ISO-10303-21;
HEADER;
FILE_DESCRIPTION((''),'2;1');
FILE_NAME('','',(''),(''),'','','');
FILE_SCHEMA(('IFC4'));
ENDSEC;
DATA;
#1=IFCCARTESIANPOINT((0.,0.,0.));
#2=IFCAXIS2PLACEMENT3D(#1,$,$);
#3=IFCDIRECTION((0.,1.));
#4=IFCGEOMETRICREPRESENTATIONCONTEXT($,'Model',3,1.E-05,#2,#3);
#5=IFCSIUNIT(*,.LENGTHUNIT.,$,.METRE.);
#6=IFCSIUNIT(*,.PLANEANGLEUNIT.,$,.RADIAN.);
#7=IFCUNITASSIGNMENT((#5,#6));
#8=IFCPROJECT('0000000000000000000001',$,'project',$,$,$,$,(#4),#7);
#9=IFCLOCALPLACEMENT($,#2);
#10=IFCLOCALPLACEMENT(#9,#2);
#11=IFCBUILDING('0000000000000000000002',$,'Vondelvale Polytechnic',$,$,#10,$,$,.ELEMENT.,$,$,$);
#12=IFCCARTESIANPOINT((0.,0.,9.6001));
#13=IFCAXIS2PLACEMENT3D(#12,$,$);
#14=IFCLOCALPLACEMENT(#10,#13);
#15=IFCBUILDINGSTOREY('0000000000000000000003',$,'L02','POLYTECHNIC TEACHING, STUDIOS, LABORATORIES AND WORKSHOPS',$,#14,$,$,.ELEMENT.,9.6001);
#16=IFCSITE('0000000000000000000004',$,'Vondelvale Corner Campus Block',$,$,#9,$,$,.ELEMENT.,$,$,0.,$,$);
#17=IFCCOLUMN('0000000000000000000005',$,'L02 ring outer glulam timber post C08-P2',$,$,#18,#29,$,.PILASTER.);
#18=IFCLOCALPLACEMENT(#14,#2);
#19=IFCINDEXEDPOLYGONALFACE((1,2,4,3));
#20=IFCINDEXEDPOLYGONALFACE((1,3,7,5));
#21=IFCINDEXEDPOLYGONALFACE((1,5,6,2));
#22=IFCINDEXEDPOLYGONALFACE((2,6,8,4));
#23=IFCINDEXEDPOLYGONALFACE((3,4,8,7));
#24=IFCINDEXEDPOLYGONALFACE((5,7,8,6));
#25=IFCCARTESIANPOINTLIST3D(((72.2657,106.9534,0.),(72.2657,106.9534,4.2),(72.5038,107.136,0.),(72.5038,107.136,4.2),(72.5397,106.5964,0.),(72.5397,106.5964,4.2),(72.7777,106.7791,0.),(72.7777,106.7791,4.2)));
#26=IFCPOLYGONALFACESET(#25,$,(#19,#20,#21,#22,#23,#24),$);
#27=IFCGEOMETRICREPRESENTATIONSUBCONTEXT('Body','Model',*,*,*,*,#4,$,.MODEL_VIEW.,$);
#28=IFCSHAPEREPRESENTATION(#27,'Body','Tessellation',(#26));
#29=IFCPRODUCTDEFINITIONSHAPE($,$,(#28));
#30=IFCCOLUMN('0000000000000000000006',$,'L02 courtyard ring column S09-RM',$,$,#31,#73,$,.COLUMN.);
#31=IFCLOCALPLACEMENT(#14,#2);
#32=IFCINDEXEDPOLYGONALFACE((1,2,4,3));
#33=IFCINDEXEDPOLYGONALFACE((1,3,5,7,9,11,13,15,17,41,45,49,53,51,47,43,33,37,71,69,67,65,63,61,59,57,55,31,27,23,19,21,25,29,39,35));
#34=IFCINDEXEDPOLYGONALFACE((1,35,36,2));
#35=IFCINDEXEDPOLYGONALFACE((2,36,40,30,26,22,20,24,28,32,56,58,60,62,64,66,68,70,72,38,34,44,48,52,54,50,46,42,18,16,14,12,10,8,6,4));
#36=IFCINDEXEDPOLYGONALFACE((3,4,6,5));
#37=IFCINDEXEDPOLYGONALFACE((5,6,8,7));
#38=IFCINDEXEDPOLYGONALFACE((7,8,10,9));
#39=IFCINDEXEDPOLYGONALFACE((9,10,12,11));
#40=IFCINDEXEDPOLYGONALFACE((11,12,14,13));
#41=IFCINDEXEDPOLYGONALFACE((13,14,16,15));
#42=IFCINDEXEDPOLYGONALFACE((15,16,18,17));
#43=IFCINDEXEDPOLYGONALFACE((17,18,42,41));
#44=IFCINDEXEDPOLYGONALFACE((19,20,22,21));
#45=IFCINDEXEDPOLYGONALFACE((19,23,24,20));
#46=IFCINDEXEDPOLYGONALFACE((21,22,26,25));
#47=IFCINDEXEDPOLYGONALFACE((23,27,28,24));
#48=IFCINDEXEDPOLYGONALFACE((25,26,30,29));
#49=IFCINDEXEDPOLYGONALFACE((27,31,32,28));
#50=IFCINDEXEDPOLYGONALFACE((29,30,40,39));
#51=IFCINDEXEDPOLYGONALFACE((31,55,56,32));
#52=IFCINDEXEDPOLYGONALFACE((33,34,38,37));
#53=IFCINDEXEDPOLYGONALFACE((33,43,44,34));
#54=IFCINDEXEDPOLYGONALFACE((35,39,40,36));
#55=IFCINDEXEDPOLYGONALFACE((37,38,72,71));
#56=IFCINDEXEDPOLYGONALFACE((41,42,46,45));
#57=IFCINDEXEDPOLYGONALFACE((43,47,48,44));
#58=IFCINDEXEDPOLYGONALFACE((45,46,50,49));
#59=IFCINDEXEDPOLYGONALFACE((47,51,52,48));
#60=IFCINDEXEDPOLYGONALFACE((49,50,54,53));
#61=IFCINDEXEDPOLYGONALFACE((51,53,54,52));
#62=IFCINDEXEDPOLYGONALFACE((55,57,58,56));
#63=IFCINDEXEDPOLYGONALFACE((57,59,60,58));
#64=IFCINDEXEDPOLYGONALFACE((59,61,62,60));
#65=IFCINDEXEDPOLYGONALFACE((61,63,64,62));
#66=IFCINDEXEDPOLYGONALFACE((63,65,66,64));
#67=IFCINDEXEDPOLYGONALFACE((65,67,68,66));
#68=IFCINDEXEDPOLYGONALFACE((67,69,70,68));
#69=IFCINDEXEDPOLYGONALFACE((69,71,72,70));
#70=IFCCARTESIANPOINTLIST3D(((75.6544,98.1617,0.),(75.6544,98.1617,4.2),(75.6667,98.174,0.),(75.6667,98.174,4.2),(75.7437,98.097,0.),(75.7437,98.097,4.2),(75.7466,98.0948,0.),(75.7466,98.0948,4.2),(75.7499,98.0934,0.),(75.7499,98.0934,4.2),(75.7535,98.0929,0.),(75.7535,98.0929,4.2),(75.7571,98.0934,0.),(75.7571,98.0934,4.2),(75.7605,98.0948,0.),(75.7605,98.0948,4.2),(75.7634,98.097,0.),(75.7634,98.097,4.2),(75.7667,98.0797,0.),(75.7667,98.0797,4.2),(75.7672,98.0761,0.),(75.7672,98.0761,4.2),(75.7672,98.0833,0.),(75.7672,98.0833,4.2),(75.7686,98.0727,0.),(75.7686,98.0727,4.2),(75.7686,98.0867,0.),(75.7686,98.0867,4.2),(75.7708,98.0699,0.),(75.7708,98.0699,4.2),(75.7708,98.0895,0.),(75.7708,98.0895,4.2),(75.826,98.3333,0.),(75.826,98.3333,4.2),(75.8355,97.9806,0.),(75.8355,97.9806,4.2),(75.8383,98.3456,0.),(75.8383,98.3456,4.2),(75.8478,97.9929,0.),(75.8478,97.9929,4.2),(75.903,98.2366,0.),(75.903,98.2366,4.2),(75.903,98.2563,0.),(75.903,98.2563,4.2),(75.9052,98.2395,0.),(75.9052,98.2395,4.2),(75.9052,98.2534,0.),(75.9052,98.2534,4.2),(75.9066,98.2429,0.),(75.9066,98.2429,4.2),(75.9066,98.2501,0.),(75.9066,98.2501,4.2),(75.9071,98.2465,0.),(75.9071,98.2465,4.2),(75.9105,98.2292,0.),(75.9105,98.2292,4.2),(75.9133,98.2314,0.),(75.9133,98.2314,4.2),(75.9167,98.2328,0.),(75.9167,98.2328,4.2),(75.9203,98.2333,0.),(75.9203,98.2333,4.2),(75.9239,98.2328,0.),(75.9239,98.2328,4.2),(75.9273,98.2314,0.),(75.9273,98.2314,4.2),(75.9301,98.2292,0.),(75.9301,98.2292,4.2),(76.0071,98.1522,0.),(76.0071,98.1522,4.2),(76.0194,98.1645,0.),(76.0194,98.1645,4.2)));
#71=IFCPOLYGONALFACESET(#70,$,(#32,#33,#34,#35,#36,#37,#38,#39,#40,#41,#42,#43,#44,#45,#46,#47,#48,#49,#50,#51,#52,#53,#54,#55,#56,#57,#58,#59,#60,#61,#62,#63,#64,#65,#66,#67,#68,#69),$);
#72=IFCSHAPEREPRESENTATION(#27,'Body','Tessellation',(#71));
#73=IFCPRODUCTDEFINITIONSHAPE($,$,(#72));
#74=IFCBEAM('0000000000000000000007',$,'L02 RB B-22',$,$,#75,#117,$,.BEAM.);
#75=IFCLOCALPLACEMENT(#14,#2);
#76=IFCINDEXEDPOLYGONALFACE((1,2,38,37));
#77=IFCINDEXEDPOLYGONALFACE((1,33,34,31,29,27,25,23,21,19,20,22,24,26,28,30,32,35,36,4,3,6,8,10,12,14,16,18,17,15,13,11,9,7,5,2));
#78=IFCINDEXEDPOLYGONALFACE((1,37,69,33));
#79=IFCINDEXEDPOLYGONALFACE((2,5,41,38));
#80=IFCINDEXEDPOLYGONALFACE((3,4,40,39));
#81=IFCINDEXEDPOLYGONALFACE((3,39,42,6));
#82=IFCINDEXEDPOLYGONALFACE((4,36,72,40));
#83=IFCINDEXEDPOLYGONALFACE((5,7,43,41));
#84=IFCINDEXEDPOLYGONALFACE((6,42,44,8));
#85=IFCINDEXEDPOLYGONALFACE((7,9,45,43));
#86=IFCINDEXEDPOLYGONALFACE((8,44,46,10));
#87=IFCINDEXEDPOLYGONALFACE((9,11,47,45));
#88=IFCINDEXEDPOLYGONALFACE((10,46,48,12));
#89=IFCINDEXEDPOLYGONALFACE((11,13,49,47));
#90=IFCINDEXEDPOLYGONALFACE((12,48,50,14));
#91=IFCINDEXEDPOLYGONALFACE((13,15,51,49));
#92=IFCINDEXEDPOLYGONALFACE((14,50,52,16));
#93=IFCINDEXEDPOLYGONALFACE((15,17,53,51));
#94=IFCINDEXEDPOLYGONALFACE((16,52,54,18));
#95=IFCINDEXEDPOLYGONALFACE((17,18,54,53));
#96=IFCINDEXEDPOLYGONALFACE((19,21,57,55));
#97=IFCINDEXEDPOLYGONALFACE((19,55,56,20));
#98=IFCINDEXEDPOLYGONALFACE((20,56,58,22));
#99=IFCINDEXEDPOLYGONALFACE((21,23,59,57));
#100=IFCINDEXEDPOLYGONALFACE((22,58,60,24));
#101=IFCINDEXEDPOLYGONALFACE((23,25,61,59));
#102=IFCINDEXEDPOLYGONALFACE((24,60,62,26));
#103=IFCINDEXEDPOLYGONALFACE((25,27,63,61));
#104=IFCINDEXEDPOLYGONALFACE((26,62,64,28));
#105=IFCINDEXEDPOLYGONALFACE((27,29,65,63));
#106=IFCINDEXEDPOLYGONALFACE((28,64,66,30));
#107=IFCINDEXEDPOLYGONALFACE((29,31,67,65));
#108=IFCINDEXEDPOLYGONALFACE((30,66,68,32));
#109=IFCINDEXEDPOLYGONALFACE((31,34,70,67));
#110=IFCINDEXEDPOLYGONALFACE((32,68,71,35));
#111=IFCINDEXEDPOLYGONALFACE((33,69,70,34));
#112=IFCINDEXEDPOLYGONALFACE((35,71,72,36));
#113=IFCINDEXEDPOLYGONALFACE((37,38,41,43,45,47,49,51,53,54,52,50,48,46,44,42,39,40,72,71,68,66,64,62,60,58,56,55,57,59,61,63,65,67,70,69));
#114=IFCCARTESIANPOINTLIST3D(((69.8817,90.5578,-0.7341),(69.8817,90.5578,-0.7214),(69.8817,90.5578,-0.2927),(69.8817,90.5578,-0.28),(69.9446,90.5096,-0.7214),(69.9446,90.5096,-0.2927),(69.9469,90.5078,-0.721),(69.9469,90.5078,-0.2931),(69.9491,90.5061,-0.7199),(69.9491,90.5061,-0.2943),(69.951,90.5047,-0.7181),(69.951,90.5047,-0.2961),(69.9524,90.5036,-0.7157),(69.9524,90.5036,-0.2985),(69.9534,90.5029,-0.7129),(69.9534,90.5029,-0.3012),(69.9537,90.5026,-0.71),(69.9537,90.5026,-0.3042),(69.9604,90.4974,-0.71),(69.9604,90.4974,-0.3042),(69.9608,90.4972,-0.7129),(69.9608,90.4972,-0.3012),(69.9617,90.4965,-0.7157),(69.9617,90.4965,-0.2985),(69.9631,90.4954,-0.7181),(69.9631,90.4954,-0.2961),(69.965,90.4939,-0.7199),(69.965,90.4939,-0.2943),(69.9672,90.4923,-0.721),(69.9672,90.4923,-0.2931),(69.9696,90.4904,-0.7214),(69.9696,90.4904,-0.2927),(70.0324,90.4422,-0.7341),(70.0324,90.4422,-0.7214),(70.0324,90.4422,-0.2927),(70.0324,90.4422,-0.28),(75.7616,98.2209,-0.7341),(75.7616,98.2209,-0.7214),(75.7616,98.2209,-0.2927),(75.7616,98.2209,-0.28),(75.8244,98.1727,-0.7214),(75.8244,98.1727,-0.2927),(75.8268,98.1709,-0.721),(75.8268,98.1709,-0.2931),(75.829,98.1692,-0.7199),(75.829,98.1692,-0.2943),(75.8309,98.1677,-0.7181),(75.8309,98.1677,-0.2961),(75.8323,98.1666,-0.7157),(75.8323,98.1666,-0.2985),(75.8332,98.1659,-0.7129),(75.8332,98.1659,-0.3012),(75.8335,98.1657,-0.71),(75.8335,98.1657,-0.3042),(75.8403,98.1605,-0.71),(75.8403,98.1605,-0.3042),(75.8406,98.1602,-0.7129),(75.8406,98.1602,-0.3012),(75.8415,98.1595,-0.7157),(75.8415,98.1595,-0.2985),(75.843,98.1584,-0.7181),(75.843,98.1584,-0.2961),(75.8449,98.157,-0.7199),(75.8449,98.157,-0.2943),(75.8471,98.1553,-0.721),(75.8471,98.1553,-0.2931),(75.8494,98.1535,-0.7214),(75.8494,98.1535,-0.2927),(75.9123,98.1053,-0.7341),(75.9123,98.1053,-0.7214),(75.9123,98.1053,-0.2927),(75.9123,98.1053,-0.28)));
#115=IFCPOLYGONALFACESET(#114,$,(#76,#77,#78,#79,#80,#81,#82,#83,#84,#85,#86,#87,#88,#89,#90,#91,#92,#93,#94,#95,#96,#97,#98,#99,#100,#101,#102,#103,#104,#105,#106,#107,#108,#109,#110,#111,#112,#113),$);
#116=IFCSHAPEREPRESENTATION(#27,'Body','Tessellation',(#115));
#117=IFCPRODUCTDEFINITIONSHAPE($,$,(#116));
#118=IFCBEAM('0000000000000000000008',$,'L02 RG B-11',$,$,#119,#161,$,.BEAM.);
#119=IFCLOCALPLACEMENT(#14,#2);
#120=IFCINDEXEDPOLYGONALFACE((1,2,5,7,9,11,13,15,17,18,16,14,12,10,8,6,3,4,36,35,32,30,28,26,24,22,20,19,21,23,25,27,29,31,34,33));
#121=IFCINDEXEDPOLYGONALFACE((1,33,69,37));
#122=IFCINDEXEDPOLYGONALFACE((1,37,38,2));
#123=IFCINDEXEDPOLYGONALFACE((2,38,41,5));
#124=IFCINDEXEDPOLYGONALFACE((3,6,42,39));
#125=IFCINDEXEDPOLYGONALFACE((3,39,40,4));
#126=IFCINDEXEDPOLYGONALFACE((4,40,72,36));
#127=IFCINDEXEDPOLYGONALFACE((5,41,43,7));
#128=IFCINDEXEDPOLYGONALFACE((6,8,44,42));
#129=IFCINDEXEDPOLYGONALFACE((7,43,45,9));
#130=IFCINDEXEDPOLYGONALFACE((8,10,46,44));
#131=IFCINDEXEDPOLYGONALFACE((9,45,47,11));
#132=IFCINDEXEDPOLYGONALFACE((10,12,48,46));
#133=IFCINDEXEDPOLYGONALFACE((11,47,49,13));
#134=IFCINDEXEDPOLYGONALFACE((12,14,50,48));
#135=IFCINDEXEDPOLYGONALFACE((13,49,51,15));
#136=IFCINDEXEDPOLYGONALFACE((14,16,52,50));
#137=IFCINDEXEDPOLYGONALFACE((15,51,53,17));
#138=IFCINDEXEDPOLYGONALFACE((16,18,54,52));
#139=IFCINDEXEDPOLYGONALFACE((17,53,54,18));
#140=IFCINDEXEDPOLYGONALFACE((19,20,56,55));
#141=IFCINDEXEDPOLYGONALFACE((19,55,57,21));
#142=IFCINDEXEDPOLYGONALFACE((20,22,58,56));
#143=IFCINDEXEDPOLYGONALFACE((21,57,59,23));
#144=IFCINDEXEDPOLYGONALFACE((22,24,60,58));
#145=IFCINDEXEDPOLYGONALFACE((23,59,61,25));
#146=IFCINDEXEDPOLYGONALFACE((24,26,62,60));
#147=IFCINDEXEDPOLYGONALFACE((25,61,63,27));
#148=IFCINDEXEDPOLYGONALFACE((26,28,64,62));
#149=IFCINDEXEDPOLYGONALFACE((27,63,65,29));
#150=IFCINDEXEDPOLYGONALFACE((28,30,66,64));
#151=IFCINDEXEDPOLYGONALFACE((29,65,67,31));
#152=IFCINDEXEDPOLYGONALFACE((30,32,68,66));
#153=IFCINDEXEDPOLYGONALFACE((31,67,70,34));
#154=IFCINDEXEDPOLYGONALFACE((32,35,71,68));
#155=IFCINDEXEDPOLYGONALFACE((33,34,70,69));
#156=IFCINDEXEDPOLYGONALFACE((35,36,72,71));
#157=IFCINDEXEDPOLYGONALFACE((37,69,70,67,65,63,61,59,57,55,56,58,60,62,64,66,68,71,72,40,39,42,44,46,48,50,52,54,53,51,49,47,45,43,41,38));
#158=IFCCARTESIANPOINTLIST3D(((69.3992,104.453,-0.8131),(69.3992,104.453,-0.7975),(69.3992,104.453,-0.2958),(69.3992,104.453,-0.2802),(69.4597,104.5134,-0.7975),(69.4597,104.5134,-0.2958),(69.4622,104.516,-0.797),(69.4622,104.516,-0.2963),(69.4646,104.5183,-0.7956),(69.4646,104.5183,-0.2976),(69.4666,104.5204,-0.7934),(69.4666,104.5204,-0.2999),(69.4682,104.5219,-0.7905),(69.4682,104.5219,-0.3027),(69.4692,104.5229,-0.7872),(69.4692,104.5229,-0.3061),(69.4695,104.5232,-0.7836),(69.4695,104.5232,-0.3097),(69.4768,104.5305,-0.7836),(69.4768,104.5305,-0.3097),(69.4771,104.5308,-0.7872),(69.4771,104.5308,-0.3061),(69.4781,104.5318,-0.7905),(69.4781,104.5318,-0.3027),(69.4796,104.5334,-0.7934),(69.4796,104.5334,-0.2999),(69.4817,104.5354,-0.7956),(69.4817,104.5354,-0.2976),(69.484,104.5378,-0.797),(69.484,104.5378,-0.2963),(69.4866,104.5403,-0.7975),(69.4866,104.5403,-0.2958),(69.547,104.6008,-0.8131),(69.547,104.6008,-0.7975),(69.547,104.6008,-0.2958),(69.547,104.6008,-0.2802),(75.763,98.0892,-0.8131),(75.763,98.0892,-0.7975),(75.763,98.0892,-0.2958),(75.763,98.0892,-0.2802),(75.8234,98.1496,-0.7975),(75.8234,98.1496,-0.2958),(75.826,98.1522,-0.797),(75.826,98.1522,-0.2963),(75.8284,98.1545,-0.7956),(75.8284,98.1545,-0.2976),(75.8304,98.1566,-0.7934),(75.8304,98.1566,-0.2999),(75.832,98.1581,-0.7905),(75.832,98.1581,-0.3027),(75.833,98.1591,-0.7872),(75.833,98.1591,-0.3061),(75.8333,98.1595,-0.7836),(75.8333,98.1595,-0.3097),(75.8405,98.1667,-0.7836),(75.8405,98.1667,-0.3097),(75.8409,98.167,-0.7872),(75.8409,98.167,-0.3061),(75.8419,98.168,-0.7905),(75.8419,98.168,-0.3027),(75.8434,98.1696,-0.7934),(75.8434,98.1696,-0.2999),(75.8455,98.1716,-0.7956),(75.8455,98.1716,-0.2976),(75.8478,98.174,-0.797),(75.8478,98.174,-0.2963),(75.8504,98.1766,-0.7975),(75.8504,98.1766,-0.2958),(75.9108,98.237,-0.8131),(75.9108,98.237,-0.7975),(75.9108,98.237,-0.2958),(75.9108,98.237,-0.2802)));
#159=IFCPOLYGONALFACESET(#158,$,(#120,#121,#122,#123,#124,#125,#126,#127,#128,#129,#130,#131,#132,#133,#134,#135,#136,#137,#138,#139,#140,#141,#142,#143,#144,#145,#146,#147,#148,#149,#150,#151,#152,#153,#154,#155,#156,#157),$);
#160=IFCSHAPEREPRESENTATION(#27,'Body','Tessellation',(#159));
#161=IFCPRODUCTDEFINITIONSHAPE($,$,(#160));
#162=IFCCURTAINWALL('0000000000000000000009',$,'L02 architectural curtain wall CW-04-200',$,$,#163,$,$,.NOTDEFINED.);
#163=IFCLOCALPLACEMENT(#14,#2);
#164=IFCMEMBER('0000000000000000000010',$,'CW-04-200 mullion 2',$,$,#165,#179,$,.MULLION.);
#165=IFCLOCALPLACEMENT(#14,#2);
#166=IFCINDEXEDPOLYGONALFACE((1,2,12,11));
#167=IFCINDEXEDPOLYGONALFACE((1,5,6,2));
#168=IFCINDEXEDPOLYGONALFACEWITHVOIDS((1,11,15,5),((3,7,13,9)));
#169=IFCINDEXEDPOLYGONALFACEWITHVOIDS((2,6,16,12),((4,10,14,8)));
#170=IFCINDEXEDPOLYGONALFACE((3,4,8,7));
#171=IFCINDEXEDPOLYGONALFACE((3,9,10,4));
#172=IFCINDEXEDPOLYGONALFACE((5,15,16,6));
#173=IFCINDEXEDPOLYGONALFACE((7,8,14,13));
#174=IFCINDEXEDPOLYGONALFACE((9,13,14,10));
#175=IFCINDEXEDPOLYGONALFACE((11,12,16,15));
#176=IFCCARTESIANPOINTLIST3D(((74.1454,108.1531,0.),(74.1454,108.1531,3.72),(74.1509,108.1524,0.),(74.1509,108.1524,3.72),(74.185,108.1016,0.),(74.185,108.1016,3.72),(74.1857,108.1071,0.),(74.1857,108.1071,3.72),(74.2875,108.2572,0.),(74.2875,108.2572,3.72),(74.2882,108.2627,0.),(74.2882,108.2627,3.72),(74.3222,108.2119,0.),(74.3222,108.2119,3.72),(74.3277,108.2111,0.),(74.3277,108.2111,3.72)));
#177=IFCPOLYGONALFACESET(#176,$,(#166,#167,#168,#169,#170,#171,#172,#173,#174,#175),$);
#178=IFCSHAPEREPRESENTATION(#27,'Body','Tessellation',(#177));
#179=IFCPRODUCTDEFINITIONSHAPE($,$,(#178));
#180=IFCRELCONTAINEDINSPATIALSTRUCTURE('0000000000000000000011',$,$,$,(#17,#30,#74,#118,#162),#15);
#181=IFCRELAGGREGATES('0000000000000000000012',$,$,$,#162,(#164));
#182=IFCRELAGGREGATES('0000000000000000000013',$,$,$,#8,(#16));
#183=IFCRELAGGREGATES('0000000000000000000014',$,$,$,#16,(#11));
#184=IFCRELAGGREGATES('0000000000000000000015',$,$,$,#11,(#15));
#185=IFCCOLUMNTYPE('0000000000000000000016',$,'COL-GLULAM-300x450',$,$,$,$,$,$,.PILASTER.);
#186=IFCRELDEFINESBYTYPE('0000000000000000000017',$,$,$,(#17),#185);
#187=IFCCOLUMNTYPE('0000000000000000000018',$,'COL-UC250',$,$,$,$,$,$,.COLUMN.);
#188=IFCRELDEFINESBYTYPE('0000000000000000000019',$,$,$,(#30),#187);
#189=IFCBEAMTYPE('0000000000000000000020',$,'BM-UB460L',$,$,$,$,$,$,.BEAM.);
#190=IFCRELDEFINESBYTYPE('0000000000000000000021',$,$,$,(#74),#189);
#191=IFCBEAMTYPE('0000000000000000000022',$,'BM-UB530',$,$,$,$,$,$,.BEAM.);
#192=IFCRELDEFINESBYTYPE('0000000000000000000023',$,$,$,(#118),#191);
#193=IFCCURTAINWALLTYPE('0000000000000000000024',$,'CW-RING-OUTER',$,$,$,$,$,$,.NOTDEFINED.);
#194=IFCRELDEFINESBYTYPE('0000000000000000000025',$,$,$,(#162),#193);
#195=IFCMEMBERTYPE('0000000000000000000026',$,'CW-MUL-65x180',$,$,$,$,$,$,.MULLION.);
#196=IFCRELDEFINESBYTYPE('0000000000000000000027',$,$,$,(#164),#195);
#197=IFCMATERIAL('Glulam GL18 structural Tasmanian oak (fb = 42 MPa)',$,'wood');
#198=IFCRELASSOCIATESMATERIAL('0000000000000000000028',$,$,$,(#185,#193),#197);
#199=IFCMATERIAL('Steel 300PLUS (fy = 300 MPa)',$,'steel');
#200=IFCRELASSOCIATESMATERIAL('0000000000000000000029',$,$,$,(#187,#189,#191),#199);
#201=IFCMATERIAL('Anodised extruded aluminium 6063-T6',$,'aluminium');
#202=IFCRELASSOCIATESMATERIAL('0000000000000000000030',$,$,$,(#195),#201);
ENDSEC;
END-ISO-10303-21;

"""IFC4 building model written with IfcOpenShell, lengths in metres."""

from ifc_helpers import new_model, si_unit, direction, frame, origin, origin_2d, place, context, subcontext, project, spatial, rectangle, hollow_rectangle, i_section, extrude, material, material_profile, profile_set, type_object, element, aggregate, save


model = new_model("IFC4")

# Units and contexts
model_context = context("Model", 3, precision=1e-05, world=origin(), true_north=direction((0.0, 1.0)))
body_context = subcontext(model_context, "Body", "Model", "MODEL_VIEW")
ifc_project = project(units=[si_unit("LENGTHUNIT", "METRE"), si_unit("PLANEANGLEUNIT", "RADIAN")], contexts=[model_context])

# Site, building, storey
site_placement = place(None, origin())
site = spatial("IfcSite", under=ifc_project, at=site_placement, Name="Vondelvale Corner Campus Block", CompositionType="ELEMENT", RefElevation=0.0)
building_placement = place(site_placement, origin())
building = spatial("IfcBuilding", under=site, at=building_placement, Name="Vondelvale Polytechnic", CompositionType="ELEMENT")
storey_placement = place(building_placement, frame((0.0, 0.0, 9.6001)))
storey = spatial("IfcBuildingStorey", under=building, at=storey_placement, Name="L02", Description="POLYTECHNIC TEACHING, STUDIOS, LABORATORIES AND WORKSHOPS", CompositionType="ELEMENT", Elevation=9.6001)

# Columns
ifc_material_1 = material(Name="Glulam GL18 structural Tasmanian oak (fb = 42 MPa)", Category="wood")
ifc_material_profile_1 = material_profile(ifc_material_1, rectangle(XDim=0.3, YDim=0.45, at=origin_2d()), Name="GL-POST-300x450")
ifc_profile_set_1 = profile_set([ifc_material_profile_1], Name="Glulam GL18 structural Tasmanian oak (fb = 42 MPa)")
column_type_1 = type_object("IfcColumnType", Name="COL-GLULAM-300x450", PredefinedType="PILASTER", material=ifc_profile_set_1)
column_1_placement = place(storey_placement, frame((72.5217, 106.8662, 0.0), z_axis=(0.0, 0.0, 1.0), x_axis=(0.793353, 0.608761, 0.0)))
element("IfcColumn", 1, at=column_1_placement, inside=storey, type_object=column_type_1, Name="L02 ring outer glulam timber post C08-P2", PredefinedType="PILASTER", context=body_context, shape_type="SweptSolid", body=[
    extrude(rectangle(XDim=0.3, YDim=0.45, at=origin_2d()), origin(), (0.0, 0.0, 1.0), 4.2),
])
ifc_material_2 = material(Name="Steel 300PLUS (fy = 300 MPa)", Category="steel")
ifc_material_profile_2 = material_profile(ifc_material_2, i_section(OverallWidth=0.2561, OverallDepth=0.26, WebThickness=0.0105, FlangeThickness=0.0173, FilletRadius=0.0139, at=origin_2d()), Name="250UC89.5")
ifc_profile_set_2 = profile_set([ifc_material_profile_2], Name="Steel 300PLUS (fy = 300 MPa)")
column_type_2 = type_object("IfcColumnType", Name="COL-UC250", PredefinedType="COLUMN", material=ifc_profile_set_2)
column_2_placement = place(storey_placement, frame((75.8369, 98.1631, 0.0), z_axis=(0.0, 0.0, 1.0), x_axis=(-0.707107, 0.707107, 0.0)))
element("IfcColumn", 2, at=column_2_placement, inside=storey, type_object=column_type_2, Name="L02 courtyard ring column S09-RM", PredefinedType="COLUMN", context=body_context, shape_type="SweptSolid", body=[
    extrude(i_section(OverallWidth=0.2561, OverallDepth=0.26, WebThickness=0.0105, FlangeThickness=0.0173, FilletRadius=0.0139, at=origin_2d()), origin(), (0.0, 0.0, 1.0), 4.2),
])

# Beams
ifc_material_profile_3 = material_profile(ifc_material_2, i_section(OverallWidth=0.1899, OverallDepth=0.4541, WebThickness=0.0085, FlangeThickness=0.0127, FilletRadius=0.0115, at=origin_2d()), Name="460UB67.1")
ifc_profile_set_3 = profile_set([ifc_material_profile_3], Name="Steel 300PLUS (fy = 300 MPa)")
beam_type_1 = type_object("IfcBeamType", Name="BM-UB460L", PredefinedType="BEAM", material=ifc_profile_set_3)
beam_1_placement = place(storey_placement, frame((75.8369, 98.1631, -0.5071), z_axis=(-0.608748, -0.793364, 0.0), x_axis=(0.793364, -0.608748, 0.0)))
element("IfcBeam", 3, at=beam_1_placement, inside=storey, type_object=beam_type_1, Name="L02 RB B-22", PredefinedType="BEAM", context=body_context, shape_type="SweptSolid", body=[
    extrude(i_section(OverallWidth=0.1899, OverallDepth=0.4541, WebThickness=0.0085, FlangeThickness=0.0127, FilletRadius=0.0115, at=origin_2d()), origin(), (0.0, 0.0, 1.0), 9.6589),
])
ifc_material_profile_4 = material_profile(ifc_material_2, i_section(OverallWidth=0.209, OverallDepth=0.533, WebThickness=0.0103, FlangeThickness=0.0156, FilletRadius=0.0139, at=origin_2d()), Name="530UB92.4")
ifc_profile_set_4 = profile_set([ifc_material_profile_4], Name="Steel 300PLUS (fy = 300 MPa)")
beam_type_2 = type_object("IfcBeamType", Name="BM-UB530", PredefinedType="BEAM", material=ifc_profile_set_4)
beam_2_placement = place(storey_placement, frame((75.8369, 98.1631, -0.5466), z_axis=(-0.707107, 0.707107, 0.0), x_axis=(-0.707107, -0.707107, 0.0)))
element("IfcBeam", 4, at=beam_2_placement, inside=storey, type_object=beam_type_2, Name="L02 RG B-11", PredefinedType="BEAM", context=body_context, shape_type="SweptSolid", body=[
    extrude(i_section(OverallWidth=0.209, OverallDepth=0.533, WebThickness=0.0103, FlangeThickness=0.0156, FilletRadius=0.0139, at=origin_2d()), origin(), (0.0, 0.0, 1.0), 8.9998),
])

# Curtain wall, member
curtain_wall_type = type_object("IfcCurtainWallType", Name="CW-RING-OUTER", PredefinedType="NOTDEFINED", material=ifc_material_1)
curtain_wall_1_placement = place(storey_placement, origin())
curtain_wall_1 = element("IfcCurtainWall", 5, at=curtain_wall_1_placement, inside=storey, type_object=curtain_wall_type, Name="L02 architectural curtain wall CW-04-200", PredefinedType="NOTDEFINED")
ifc_material_3 = material(Name="Anodised extruded aluminium 6063-T6", Category="aluminium")
ifc_material_profile_5 = material_profile(ifc_material_3, hollow_rectangle(XDim=0.0649, YDim=0.1799, WallThickness=0.0039, at=origin_2d()), Name="CW-MUL-180x65")
ifc_profile_set_5 = profile_set([ifc_material_profile_5], Name="Anodised extruded aluminium 6063-T6")
member_type_1 = type_object("IfcMemberType", Name="CW-MUL-65x180", PredefinedType="MULLION", material=ifc_profile_set_5)
member_1_placement = place(storey_placement, frame((74.2366, 108.1821, 0.0), z_axis=(0.0, 0.0, 1.0), x_axis=(0.608771, -0.793346, 0.0)))
member_1 = element("IfcMember", 6, at=member_1_placement, type_object=member_type_1, Name="CW-04-200 mullion 2", PredefinedType="MULLION", context=body_context, shape_type="SweptSolid", body=[
    extrude(hollow_rectangle(XDim=0.0649, YDim=0.1799, WallThickness=0.0039, at=origin_2d()), origin(), (0.0, 0.0, 1.0), 3.72),
])

aggregate(curtain_wall_1, [member_1])

save(model, "model.ifc")
